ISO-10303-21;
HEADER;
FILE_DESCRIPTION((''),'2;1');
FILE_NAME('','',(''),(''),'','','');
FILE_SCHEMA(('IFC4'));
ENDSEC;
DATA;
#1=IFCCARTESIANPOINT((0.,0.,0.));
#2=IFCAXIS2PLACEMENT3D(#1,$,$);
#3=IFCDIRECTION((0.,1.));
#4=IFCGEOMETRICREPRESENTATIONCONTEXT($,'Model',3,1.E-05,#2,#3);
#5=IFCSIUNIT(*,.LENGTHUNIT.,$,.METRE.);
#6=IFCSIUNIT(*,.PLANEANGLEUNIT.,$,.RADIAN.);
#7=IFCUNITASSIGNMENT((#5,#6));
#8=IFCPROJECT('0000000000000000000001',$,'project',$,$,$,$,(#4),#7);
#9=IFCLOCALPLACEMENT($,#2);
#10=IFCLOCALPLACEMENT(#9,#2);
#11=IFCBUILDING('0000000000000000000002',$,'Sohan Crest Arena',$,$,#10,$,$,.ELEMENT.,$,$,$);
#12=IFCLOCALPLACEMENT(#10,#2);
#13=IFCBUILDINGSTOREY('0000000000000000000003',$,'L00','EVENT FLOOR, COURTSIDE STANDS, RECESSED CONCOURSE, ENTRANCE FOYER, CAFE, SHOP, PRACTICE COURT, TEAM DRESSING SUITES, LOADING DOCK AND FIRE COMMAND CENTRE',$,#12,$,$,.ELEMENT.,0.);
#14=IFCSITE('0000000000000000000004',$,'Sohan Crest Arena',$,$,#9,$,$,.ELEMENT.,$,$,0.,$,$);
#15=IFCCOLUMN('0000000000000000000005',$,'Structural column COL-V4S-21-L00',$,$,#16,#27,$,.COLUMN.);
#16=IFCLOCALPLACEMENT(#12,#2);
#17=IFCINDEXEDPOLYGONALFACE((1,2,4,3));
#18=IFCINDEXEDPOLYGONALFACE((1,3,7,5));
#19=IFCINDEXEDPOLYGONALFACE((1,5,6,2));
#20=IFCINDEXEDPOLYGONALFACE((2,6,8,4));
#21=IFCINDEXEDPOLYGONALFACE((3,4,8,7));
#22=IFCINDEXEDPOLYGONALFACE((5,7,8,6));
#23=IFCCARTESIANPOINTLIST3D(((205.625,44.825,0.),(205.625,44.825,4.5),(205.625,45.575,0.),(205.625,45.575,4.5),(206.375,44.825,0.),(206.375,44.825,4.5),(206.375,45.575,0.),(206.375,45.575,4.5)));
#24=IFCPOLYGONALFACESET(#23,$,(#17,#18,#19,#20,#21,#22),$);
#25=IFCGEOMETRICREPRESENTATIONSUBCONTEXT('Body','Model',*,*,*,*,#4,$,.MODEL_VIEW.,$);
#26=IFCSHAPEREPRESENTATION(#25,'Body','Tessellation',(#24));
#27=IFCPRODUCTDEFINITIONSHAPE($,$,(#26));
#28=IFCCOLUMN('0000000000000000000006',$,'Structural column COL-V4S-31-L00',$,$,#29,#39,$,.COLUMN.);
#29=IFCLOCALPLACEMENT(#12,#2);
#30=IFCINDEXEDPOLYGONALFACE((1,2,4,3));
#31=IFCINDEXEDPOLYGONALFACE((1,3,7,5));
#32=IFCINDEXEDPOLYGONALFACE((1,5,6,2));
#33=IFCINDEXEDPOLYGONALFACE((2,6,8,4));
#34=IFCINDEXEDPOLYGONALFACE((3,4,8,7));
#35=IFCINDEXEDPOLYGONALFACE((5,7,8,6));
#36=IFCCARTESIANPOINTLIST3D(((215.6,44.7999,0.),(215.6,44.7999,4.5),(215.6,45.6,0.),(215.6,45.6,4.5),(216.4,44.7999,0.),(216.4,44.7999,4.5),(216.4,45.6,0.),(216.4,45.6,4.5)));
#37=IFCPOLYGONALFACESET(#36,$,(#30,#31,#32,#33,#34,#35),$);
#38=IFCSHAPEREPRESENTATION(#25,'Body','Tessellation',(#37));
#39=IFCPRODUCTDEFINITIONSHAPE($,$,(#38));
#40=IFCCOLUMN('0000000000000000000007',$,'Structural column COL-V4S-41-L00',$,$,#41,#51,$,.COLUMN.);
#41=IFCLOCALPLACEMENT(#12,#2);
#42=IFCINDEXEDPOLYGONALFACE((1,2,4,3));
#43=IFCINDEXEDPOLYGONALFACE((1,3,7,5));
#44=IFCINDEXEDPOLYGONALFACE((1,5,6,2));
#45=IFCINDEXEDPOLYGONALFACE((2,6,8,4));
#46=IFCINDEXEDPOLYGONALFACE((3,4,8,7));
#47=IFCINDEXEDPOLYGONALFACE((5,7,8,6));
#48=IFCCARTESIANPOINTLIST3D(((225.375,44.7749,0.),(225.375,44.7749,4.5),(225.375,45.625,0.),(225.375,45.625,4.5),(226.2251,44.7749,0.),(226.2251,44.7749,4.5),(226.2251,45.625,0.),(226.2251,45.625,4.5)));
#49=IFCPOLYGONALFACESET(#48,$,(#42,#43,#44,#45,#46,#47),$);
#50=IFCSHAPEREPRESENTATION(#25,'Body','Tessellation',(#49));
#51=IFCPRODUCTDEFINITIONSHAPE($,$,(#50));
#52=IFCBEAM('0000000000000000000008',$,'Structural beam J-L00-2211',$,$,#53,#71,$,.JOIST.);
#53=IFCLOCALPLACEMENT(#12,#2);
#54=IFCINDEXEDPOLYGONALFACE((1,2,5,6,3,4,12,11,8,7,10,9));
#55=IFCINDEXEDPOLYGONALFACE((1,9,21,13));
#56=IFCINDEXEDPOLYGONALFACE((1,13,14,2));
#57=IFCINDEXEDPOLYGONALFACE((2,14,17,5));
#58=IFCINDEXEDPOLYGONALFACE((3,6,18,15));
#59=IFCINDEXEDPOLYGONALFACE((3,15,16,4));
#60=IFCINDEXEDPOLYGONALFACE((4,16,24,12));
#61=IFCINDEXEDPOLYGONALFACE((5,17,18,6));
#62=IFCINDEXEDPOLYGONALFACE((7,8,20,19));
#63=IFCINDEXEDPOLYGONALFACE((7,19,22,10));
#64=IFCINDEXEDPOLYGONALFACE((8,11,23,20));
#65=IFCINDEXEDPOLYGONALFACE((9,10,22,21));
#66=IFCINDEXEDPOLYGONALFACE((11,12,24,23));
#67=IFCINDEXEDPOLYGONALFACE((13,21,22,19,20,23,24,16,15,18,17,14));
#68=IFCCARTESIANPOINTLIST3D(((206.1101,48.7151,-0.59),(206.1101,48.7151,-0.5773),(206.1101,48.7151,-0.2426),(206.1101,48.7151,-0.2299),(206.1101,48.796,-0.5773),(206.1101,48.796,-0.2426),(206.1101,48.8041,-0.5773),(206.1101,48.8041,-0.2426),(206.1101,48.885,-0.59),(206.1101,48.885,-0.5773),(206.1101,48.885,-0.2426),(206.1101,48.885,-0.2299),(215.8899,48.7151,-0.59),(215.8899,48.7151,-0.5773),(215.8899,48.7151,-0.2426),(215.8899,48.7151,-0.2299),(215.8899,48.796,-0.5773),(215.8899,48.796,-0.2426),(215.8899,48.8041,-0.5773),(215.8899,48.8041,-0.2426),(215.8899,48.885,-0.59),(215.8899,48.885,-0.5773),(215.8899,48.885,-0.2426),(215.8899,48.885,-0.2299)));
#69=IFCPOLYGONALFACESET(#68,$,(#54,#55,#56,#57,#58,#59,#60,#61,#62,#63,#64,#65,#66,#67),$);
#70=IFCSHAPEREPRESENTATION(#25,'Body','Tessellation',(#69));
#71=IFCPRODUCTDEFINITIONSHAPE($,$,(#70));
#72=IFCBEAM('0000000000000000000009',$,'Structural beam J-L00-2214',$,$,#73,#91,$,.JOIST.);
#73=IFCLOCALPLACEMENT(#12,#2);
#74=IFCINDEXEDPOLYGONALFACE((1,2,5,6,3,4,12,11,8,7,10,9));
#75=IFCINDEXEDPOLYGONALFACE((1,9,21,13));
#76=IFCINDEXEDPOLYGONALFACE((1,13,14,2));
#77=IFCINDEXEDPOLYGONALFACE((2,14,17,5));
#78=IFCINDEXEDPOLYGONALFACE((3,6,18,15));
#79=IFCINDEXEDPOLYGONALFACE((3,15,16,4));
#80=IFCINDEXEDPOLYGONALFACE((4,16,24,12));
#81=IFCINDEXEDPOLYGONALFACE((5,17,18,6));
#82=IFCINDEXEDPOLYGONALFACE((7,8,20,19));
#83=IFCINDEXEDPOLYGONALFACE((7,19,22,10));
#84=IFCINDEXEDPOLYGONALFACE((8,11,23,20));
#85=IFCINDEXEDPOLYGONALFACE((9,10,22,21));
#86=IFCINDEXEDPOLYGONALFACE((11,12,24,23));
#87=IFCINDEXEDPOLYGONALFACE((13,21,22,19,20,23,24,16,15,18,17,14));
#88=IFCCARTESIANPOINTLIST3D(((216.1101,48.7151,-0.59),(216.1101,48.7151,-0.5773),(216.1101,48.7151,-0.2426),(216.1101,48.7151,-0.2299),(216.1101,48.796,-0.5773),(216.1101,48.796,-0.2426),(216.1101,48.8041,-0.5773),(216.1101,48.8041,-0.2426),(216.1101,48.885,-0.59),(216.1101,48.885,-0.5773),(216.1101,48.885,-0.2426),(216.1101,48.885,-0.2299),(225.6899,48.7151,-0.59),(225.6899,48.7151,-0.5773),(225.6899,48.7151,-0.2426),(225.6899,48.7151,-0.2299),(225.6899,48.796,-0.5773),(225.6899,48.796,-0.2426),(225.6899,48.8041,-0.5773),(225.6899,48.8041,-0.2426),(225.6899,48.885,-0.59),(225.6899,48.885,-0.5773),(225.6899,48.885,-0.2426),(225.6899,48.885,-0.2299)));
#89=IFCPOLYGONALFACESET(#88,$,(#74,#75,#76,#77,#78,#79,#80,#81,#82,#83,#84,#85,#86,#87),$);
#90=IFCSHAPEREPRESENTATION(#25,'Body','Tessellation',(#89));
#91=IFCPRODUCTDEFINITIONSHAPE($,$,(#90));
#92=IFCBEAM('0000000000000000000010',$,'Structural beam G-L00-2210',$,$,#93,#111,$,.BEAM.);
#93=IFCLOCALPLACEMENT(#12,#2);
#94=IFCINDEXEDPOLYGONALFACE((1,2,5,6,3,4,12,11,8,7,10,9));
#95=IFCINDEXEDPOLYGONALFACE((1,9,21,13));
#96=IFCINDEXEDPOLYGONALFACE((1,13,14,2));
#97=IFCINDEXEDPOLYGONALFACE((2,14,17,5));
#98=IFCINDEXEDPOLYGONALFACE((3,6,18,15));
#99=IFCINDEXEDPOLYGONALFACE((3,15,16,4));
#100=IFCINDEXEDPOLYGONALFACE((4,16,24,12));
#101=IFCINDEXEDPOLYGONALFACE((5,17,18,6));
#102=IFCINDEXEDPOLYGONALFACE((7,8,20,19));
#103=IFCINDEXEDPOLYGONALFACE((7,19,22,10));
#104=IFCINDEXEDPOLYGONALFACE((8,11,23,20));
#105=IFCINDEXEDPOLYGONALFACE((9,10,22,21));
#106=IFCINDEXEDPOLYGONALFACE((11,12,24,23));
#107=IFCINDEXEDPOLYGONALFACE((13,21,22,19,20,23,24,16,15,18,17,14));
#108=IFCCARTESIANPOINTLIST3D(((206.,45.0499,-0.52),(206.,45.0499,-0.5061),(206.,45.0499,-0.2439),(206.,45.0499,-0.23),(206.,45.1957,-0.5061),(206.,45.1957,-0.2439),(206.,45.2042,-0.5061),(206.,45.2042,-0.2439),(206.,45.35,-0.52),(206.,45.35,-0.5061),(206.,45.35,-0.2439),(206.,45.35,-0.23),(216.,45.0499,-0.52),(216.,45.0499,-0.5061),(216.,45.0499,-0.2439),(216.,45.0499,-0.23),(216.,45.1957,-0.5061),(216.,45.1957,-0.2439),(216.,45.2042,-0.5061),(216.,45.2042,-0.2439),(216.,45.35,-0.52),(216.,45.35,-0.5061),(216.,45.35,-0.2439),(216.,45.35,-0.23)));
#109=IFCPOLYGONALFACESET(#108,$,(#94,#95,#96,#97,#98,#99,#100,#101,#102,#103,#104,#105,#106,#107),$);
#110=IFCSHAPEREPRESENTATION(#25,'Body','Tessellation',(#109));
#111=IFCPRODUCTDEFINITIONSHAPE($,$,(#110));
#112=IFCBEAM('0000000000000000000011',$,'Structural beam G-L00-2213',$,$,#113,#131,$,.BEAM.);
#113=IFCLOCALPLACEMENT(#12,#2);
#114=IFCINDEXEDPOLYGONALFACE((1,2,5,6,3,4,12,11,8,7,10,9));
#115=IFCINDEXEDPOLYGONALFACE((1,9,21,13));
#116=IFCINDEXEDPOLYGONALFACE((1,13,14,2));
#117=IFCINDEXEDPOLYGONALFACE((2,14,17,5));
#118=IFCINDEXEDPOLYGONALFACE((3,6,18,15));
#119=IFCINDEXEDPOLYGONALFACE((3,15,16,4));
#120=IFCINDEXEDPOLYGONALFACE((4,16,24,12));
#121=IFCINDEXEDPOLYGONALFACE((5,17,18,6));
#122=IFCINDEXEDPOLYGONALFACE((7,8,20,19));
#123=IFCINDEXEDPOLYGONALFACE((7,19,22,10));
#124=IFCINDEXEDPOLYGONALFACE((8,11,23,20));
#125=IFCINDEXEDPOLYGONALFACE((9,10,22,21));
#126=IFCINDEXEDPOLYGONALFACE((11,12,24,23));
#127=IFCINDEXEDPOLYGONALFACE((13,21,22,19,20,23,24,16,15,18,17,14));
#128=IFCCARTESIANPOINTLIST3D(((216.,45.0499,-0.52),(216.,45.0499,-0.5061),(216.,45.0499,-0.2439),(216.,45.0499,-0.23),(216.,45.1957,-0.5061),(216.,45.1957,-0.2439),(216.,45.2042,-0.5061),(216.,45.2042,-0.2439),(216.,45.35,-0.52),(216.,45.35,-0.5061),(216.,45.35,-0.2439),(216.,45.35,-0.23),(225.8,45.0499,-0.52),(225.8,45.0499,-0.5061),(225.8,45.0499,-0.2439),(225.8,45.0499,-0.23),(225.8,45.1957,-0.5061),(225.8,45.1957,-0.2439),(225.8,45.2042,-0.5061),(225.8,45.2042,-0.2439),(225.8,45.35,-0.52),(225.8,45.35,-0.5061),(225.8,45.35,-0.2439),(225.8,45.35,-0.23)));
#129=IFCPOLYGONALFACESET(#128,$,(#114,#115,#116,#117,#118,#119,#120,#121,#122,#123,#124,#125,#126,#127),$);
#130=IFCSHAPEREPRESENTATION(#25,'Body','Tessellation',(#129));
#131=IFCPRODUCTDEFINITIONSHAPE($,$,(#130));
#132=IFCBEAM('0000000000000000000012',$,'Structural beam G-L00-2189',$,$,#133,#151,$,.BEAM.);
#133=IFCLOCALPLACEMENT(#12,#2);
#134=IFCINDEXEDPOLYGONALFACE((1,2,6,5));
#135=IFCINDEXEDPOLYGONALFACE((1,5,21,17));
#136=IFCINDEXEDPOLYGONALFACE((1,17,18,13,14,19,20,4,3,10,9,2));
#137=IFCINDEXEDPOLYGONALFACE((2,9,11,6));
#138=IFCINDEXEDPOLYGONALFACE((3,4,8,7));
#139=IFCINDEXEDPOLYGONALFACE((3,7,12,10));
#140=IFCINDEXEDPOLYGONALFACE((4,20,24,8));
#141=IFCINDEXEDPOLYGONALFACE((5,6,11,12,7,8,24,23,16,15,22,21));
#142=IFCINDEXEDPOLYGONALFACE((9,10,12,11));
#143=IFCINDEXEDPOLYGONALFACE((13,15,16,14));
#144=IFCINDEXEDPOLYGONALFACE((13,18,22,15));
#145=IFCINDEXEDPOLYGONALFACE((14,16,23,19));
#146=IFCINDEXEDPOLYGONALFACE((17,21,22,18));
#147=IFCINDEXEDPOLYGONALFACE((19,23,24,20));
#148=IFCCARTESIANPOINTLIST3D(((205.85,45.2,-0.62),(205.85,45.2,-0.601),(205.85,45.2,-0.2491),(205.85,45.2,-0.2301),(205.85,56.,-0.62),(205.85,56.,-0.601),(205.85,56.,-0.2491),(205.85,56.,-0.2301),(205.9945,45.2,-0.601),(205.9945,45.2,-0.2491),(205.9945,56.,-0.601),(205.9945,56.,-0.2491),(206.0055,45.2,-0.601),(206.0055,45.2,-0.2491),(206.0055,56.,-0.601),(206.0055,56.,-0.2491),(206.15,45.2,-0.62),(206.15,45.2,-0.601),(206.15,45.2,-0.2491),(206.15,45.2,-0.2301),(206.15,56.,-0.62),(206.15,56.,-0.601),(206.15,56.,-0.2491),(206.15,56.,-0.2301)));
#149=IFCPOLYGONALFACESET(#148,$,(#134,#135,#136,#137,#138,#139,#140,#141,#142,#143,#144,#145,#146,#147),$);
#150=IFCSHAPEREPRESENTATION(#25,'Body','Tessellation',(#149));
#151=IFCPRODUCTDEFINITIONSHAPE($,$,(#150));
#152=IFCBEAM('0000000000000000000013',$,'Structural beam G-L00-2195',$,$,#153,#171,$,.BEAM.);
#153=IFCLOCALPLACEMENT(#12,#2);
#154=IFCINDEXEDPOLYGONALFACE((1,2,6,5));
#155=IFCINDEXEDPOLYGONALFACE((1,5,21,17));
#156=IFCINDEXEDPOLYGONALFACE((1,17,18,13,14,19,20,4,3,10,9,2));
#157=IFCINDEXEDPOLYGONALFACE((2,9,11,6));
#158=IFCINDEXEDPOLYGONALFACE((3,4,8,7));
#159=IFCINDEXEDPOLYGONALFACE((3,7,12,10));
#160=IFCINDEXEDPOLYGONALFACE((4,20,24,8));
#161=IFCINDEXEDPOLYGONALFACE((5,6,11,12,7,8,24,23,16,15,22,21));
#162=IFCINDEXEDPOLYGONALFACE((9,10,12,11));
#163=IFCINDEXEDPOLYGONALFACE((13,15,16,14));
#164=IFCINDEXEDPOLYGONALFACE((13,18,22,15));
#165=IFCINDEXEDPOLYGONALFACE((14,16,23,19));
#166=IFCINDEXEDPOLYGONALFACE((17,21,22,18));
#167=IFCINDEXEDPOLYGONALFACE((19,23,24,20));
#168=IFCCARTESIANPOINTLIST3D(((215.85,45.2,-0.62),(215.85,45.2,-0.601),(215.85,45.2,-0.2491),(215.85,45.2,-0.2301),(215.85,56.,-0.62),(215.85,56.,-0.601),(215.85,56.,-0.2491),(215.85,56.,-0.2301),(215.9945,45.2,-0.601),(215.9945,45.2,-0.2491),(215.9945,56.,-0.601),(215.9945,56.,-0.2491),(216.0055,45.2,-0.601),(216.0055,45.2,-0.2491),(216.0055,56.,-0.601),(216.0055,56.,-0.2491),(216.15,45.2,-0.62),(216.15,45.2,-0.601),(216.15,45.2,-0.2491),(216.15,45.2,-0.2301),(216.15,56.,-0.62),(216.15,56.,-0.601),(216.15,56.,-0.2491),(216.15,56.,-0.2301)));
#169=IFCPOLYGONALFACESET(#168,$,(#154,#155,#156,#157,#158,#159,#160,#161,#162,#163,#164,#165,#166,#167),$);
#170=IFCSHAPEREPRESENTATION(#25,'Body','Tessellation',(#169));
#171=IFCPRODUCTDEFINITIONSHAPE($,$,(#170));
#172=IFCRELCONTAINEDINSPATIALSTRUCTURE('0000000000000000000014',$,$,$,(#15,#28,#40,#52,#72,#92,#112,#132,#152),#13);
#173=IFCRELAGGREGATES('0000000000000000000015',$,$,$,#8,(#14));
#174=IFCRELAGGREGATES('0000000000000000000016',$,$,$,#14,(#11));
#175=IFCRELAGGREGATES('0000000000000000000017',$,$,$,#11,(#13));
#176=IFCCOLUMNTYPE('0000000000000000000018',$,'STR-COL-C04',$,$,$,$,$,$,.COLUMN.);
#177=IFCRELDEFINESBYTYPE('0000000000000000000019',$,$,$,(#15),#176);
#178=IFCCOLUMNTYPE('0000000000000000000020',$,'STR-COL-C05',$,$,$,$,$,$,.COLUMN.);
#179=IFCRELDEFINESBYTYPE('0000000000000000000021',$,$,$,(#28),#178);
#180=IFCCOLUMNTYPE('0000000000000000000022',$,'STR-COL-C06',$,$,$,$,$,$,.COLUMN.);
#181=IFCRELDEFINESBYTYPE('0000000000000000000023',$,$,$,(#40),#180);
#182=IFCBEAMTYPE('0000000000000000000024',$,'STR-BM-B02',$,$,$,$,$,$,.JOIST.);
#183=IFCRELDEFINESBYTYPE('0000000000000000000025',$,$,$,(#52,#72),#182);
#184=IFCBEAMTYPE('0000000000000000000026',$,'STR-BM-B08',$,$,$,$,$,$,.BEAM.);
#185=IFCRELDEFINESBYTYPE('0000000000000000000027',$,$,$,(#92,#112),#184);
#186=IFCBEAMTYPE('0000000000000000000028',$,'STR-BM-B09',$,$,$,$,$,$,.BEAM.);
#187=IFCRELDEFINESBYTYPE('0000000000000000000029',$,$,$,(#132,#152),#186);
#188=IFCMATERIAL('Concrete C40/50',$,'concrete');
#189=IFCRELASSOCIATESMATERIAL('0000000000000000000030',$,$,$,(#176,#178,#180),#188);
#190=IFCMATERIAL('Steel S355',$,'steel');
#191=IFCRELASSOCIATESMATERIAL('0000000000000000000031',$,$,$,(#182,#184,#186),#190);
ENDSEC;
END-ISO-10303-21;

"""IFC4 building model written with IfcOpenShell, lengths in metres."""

from ifc_helpers import new_model, si_unit, direction, frame, origin, origin_2d, place, context, subcontext, project, spatial, rectangle, i_section, extrude, material, material_profile, profile_set, type_object, element, save


model = new_model("IFC4")

# Units and contexts
model_context = context("Model", 3, precision=1e-05, world=origin(), true_north=direction((0.0, 1.0)))
body_context = subcontext(model_context, "Body", "Model", "MODEL_VIEW")
ifc_project = project(units=[si_unit("LENGTHUNIT", "METRE"), si_unit("PLANEANGLEUNIT", "RADIAN")], contexts=[model_context])

# Site, building, storey
site_placement = place(None, origin())
site = spatial("IfcSite", under=ifc_project, at=site_placement, Name="Sohan Crest Arena", CompositionType="ELEMENT", RefElevation=0.0)
building_placement = place(site_placement, origin())
building = spatial("IfcBuilding", under=site, at=building_placement, Name="Sohan Crest Arena", CompositionType="ELEMENT")
storey_placement = place(building_placement, origin())
storey = spatial("IfcBuildingStorey", under=building, at=storey_placement, Name="L00", Description="EVENT FLOOR, COURTSIDE STANDS, RECESSED CONCOURSE, ENTRANCE FOYER, CAFE, SHOP, PRACTICE COURT, TEAM DRESSING SUITES, LOADING DOCK AND FIRE COMMAND CENTRE", CompositionType="ELEMENT", Elevation=0.0)

# Columns
ifc_material_1 = material(Name="Concrete C40/50", Category="concrete")
ifc_material_profile_1 = material_profile(ifc_material_1, rectangle(XDim=0.75, YDim=0.75, at=origin_2d()), Name="RC 750x750")
ifc_profile_set_1 = profile_set([ifc_material_profile_1], Name="Concrete C40/50")
column_type_1 = type_object("IfcColumnType", Name="STR-COL-C04", PredefinedType="COLUMN", material=ifc_profile_set_1)
column_1_placement = place(storey_placement, frame((206.0, 45.2, 0.0), z_axis=(0.0, 0.0, 1.0), x_axis=(1.0, 0.0, 0.0)))
element("IfcColumn", 1, at=column_1_placement, inside=storey, type_object=column_type_1, Name="Structural column COL-V4S-21-L00", PredefinedType="COLUMN", context=body_context, shape_type="SweptSolid", body=[
    extrude(rectangle(XDim=0.75, YDim=0.75, at=origin_2d()), origin(), (0.0, 0.0, 1.0), 4.5),
])
ifc_material_profile_2 = material_profile(ifc_material_1, rectangle(XDim=0.8, YDim=0.8, at=origin_2d()), Name="RC 800x800")
ifc_profile_set_2 = profile_set([ifc_material_profile_2], Name="Concrete C40/50")
column_type_2 = type_object("IfcColumnType", Name="STR-COL-C05", PredefinedType="COLUMN", material=ifc_profile_set_2)
column_2_placement = place(storey_placement, frame((216.0, 45.2, 0.0), z_axis=(0.0, 0.0, 1.0), x_axis=(1.0, 0.0, 0.0)))
element("IfcColumn", 2, at=column_2_placement, inside=storey, type_object=column_type_2, Name="Structural column COL-V4S-31-L00", PredefinedType="COLUMN", context=body_context, shape_type="SweptSolid", body=[
    extrude(rectangle(XDim=0.8, YDim=0.8, at=origin_2d()), origin(), (0.0, 0.0, 1.0), 4.5),
])
ifc_material_profile_3 = material_profile(ifc_material_1, rectangle(XDim=0.8501, YDim=0.8501, at=origin_2d()), Name="RC 850x850")
ifc_profile_set_3 = profile_set([ifc_material_profile_3], Name="Concrete C40/50")
column_type_3 = type_object("IfcColumnType", Name="STR-COL-C06", PredefinedType="COLUMN", material=ifc_profile_set_3)
column_3_placement = place(storey_placement, frame((225.8, 45.2, 0.0), z_axis=(0.0, 0.0, 1.0), x_axis=(1.0, 0.0, 0.0)))
element("IfcColumn", 3, at=column_3_placement, inside=storey, type_object=column_type_3, Name="Structural column COL-V4S-41-L00", PredefinedType="COLUMN", context=body_context, shape_type="SweptSolid", body=[
    extrude(rectangle(XDim=0.8501, YDim=0.8501, at=origin_2d()), origin(), (0.0, 0.0, 1.0), 4.5),
])

# Beams
ifc_material_2 = material(Name="Steel S355", Category="steel")
ifc_material_profile_4 = material_profile(ifc_material_2, i_section(OverallWidth=0.1699, OverallDepth=0.3601, WebThickness=0.0081, FlangeThickness=0.0127, at=origin_2d()), Name="IPE 360")
ifc_profile_set_4 = profile_set([ifc_material_profile_4], Name="Steel S355")
beam_type_1 = type_object("IfcBeamType", Name="STR-BM-B02", PredefinedType="JOIST", material=ifc_profile_set_4)
beam_1_placement = place(storey_placement, frame((206.1101, 48.8, -0.4099), z_axis=(1.0, 0.0, 0.0), x_axis=(0.0, 1.0, 0.0)))
element("IfcBeam", 4, at=beam_1_placement, inside=storey, type_object=beam_type_1, Name="Structural beam J-L00-2211", PredefinedType="JOIST", context=body_context, shape_type="SweptSolid", body=[
    extrude(i_section(OverallWidth=0.1699, OverallDepth=0.3601, WebThickness=0.0081, FlangeThickness=0.0127, at=origin_2d()), origin(), (0.0, 0.0, 1.0), 9.7798),
])
beam_2_placement = place(storey_placement, frame((216.1101, 48.8, -0.4099), z_axis=(1.0, 0.0, 0.0), x_axis=(0.0, 1.0, 0.0)))
element("IfcBeam", 5, at=beam_2_placement, inside=storey, type_object=beam_type_1, Name="Structural beam J-L00-2214", PredefinedType="JOIST", context=body_context, shape_type="SweptSolid", body=[
    extrude(i_section(OverallWidth=0.1699, OverallDepth=0.3601, WebThickness=0.0081, FlangeThickness=0.0127, at=origin_2d()), origin(), (0.0, 0.0, 1.0), 9.5798),
])
ifc_material_profile_5 = material_profile(ifc_material_2, i_section(OverallWidth=0.3, OverallDepth=0.29, WebThickness=0.0085, FlangeThickness=0.0139, at=origin_2d()), Name="HEA 300")
ifc_profile_set_5 = profile_set([ifc_material_profile_5], Name="Steel S355")
beam_type_2 = type_object("IfcBeamType", Name="STR-BM-B08", PredefinedType="BEAM", material=ifc_profile_set_5)
beam_3_placement = place(storey_placement, frame((206.0, 45.2, -0.375), z_axis=(1.0, 0.0, 0.0), x_axis=(0.0, 1.0, 0.0)))
element("IfcBeam", 6, at=beam_3_placement, inside=storey, type_object=beam_type_2, Name="Structural beam G-L00-2210", PredefinedType="BEAM", context=body_context, shape_type="SweptSolid", body=[
    extrude(i_section(OverallWidth=0.3, OverallDepth=0.29, WebThickness=0.0085, FlangeThickness=0.0139, at=origin_2d()), origin(), (0.0, 0.0, 1.0), 10.0),
])
beam_4_placement = place(storey_placement, frame((216.0, 45.2, -0.375), z_axis=(1.0, 0.0, 0.0), x_axis=(0.0, 1.0, 0.0)))
element("IfcBeam", 7, at=beam_4_placement, inside=storey, type_object=beam_type_2, Name="Structural beam G-L00-2213", PredefinedType="BEAM", context=body_context, shape_type="SweptSolid", body=[
    extrude(i_section(OverallWidth=0.3, OverallDepth=0.29, WebThickness=0.0085, FlangeThickness=0.0139, at=origin_2d()), origin(), (0.0, 0.0, 1.0), 9.8),
])
ifc_material_profile_6 = material_profile(ifc_material_2, i_section(OverallWidth=0.3, OverallDepth=0.3899, WebThickness=0.011, FlangeThickness=0.019, at=origin_2d()), Name="HEA 400")
ifc_profile_set_6 = profile_set([ifc_material_profile_6], Name="Steel S355")
beam_type_3 = type_object("IfcBeamType", Name="STR-BM-B09", PredefinedType="BEAM", material=ifc_profile_set_6)
for number, where, z_axis, x_axis, name in (
    (8, (206.0, 45.2, -0.425), (0.0, 1.0, 0.0), (-1.0, 0.0, 0.0), "Structural beam G-L00-2189"),
    (9, (216.0, 45.2, -0.425), (0.0, 1.0, 0.0), (-1.0, 0.0, 0.0), "Structural beam G-L00-2195"),
):
    element("IfcBeam", number, at=place(storey_placement, frame(where, z_axis=z_axis, x_axis=x_axis)), inside=storey, type_object=beam_type_3, Name=name, PredefinedType="BEAM", context=body_context, shape_type="SweptSolid", body=[
        extrude(i_section(OverallWidth=0.3, OverallDepth=0.3899, WebThickness=0.011, FlangeThickness=0.019, at=origin_2d()), origin(), (0.0, 0.0, 1.0), 10.8),
    ])

save(model, "model.ifc")
